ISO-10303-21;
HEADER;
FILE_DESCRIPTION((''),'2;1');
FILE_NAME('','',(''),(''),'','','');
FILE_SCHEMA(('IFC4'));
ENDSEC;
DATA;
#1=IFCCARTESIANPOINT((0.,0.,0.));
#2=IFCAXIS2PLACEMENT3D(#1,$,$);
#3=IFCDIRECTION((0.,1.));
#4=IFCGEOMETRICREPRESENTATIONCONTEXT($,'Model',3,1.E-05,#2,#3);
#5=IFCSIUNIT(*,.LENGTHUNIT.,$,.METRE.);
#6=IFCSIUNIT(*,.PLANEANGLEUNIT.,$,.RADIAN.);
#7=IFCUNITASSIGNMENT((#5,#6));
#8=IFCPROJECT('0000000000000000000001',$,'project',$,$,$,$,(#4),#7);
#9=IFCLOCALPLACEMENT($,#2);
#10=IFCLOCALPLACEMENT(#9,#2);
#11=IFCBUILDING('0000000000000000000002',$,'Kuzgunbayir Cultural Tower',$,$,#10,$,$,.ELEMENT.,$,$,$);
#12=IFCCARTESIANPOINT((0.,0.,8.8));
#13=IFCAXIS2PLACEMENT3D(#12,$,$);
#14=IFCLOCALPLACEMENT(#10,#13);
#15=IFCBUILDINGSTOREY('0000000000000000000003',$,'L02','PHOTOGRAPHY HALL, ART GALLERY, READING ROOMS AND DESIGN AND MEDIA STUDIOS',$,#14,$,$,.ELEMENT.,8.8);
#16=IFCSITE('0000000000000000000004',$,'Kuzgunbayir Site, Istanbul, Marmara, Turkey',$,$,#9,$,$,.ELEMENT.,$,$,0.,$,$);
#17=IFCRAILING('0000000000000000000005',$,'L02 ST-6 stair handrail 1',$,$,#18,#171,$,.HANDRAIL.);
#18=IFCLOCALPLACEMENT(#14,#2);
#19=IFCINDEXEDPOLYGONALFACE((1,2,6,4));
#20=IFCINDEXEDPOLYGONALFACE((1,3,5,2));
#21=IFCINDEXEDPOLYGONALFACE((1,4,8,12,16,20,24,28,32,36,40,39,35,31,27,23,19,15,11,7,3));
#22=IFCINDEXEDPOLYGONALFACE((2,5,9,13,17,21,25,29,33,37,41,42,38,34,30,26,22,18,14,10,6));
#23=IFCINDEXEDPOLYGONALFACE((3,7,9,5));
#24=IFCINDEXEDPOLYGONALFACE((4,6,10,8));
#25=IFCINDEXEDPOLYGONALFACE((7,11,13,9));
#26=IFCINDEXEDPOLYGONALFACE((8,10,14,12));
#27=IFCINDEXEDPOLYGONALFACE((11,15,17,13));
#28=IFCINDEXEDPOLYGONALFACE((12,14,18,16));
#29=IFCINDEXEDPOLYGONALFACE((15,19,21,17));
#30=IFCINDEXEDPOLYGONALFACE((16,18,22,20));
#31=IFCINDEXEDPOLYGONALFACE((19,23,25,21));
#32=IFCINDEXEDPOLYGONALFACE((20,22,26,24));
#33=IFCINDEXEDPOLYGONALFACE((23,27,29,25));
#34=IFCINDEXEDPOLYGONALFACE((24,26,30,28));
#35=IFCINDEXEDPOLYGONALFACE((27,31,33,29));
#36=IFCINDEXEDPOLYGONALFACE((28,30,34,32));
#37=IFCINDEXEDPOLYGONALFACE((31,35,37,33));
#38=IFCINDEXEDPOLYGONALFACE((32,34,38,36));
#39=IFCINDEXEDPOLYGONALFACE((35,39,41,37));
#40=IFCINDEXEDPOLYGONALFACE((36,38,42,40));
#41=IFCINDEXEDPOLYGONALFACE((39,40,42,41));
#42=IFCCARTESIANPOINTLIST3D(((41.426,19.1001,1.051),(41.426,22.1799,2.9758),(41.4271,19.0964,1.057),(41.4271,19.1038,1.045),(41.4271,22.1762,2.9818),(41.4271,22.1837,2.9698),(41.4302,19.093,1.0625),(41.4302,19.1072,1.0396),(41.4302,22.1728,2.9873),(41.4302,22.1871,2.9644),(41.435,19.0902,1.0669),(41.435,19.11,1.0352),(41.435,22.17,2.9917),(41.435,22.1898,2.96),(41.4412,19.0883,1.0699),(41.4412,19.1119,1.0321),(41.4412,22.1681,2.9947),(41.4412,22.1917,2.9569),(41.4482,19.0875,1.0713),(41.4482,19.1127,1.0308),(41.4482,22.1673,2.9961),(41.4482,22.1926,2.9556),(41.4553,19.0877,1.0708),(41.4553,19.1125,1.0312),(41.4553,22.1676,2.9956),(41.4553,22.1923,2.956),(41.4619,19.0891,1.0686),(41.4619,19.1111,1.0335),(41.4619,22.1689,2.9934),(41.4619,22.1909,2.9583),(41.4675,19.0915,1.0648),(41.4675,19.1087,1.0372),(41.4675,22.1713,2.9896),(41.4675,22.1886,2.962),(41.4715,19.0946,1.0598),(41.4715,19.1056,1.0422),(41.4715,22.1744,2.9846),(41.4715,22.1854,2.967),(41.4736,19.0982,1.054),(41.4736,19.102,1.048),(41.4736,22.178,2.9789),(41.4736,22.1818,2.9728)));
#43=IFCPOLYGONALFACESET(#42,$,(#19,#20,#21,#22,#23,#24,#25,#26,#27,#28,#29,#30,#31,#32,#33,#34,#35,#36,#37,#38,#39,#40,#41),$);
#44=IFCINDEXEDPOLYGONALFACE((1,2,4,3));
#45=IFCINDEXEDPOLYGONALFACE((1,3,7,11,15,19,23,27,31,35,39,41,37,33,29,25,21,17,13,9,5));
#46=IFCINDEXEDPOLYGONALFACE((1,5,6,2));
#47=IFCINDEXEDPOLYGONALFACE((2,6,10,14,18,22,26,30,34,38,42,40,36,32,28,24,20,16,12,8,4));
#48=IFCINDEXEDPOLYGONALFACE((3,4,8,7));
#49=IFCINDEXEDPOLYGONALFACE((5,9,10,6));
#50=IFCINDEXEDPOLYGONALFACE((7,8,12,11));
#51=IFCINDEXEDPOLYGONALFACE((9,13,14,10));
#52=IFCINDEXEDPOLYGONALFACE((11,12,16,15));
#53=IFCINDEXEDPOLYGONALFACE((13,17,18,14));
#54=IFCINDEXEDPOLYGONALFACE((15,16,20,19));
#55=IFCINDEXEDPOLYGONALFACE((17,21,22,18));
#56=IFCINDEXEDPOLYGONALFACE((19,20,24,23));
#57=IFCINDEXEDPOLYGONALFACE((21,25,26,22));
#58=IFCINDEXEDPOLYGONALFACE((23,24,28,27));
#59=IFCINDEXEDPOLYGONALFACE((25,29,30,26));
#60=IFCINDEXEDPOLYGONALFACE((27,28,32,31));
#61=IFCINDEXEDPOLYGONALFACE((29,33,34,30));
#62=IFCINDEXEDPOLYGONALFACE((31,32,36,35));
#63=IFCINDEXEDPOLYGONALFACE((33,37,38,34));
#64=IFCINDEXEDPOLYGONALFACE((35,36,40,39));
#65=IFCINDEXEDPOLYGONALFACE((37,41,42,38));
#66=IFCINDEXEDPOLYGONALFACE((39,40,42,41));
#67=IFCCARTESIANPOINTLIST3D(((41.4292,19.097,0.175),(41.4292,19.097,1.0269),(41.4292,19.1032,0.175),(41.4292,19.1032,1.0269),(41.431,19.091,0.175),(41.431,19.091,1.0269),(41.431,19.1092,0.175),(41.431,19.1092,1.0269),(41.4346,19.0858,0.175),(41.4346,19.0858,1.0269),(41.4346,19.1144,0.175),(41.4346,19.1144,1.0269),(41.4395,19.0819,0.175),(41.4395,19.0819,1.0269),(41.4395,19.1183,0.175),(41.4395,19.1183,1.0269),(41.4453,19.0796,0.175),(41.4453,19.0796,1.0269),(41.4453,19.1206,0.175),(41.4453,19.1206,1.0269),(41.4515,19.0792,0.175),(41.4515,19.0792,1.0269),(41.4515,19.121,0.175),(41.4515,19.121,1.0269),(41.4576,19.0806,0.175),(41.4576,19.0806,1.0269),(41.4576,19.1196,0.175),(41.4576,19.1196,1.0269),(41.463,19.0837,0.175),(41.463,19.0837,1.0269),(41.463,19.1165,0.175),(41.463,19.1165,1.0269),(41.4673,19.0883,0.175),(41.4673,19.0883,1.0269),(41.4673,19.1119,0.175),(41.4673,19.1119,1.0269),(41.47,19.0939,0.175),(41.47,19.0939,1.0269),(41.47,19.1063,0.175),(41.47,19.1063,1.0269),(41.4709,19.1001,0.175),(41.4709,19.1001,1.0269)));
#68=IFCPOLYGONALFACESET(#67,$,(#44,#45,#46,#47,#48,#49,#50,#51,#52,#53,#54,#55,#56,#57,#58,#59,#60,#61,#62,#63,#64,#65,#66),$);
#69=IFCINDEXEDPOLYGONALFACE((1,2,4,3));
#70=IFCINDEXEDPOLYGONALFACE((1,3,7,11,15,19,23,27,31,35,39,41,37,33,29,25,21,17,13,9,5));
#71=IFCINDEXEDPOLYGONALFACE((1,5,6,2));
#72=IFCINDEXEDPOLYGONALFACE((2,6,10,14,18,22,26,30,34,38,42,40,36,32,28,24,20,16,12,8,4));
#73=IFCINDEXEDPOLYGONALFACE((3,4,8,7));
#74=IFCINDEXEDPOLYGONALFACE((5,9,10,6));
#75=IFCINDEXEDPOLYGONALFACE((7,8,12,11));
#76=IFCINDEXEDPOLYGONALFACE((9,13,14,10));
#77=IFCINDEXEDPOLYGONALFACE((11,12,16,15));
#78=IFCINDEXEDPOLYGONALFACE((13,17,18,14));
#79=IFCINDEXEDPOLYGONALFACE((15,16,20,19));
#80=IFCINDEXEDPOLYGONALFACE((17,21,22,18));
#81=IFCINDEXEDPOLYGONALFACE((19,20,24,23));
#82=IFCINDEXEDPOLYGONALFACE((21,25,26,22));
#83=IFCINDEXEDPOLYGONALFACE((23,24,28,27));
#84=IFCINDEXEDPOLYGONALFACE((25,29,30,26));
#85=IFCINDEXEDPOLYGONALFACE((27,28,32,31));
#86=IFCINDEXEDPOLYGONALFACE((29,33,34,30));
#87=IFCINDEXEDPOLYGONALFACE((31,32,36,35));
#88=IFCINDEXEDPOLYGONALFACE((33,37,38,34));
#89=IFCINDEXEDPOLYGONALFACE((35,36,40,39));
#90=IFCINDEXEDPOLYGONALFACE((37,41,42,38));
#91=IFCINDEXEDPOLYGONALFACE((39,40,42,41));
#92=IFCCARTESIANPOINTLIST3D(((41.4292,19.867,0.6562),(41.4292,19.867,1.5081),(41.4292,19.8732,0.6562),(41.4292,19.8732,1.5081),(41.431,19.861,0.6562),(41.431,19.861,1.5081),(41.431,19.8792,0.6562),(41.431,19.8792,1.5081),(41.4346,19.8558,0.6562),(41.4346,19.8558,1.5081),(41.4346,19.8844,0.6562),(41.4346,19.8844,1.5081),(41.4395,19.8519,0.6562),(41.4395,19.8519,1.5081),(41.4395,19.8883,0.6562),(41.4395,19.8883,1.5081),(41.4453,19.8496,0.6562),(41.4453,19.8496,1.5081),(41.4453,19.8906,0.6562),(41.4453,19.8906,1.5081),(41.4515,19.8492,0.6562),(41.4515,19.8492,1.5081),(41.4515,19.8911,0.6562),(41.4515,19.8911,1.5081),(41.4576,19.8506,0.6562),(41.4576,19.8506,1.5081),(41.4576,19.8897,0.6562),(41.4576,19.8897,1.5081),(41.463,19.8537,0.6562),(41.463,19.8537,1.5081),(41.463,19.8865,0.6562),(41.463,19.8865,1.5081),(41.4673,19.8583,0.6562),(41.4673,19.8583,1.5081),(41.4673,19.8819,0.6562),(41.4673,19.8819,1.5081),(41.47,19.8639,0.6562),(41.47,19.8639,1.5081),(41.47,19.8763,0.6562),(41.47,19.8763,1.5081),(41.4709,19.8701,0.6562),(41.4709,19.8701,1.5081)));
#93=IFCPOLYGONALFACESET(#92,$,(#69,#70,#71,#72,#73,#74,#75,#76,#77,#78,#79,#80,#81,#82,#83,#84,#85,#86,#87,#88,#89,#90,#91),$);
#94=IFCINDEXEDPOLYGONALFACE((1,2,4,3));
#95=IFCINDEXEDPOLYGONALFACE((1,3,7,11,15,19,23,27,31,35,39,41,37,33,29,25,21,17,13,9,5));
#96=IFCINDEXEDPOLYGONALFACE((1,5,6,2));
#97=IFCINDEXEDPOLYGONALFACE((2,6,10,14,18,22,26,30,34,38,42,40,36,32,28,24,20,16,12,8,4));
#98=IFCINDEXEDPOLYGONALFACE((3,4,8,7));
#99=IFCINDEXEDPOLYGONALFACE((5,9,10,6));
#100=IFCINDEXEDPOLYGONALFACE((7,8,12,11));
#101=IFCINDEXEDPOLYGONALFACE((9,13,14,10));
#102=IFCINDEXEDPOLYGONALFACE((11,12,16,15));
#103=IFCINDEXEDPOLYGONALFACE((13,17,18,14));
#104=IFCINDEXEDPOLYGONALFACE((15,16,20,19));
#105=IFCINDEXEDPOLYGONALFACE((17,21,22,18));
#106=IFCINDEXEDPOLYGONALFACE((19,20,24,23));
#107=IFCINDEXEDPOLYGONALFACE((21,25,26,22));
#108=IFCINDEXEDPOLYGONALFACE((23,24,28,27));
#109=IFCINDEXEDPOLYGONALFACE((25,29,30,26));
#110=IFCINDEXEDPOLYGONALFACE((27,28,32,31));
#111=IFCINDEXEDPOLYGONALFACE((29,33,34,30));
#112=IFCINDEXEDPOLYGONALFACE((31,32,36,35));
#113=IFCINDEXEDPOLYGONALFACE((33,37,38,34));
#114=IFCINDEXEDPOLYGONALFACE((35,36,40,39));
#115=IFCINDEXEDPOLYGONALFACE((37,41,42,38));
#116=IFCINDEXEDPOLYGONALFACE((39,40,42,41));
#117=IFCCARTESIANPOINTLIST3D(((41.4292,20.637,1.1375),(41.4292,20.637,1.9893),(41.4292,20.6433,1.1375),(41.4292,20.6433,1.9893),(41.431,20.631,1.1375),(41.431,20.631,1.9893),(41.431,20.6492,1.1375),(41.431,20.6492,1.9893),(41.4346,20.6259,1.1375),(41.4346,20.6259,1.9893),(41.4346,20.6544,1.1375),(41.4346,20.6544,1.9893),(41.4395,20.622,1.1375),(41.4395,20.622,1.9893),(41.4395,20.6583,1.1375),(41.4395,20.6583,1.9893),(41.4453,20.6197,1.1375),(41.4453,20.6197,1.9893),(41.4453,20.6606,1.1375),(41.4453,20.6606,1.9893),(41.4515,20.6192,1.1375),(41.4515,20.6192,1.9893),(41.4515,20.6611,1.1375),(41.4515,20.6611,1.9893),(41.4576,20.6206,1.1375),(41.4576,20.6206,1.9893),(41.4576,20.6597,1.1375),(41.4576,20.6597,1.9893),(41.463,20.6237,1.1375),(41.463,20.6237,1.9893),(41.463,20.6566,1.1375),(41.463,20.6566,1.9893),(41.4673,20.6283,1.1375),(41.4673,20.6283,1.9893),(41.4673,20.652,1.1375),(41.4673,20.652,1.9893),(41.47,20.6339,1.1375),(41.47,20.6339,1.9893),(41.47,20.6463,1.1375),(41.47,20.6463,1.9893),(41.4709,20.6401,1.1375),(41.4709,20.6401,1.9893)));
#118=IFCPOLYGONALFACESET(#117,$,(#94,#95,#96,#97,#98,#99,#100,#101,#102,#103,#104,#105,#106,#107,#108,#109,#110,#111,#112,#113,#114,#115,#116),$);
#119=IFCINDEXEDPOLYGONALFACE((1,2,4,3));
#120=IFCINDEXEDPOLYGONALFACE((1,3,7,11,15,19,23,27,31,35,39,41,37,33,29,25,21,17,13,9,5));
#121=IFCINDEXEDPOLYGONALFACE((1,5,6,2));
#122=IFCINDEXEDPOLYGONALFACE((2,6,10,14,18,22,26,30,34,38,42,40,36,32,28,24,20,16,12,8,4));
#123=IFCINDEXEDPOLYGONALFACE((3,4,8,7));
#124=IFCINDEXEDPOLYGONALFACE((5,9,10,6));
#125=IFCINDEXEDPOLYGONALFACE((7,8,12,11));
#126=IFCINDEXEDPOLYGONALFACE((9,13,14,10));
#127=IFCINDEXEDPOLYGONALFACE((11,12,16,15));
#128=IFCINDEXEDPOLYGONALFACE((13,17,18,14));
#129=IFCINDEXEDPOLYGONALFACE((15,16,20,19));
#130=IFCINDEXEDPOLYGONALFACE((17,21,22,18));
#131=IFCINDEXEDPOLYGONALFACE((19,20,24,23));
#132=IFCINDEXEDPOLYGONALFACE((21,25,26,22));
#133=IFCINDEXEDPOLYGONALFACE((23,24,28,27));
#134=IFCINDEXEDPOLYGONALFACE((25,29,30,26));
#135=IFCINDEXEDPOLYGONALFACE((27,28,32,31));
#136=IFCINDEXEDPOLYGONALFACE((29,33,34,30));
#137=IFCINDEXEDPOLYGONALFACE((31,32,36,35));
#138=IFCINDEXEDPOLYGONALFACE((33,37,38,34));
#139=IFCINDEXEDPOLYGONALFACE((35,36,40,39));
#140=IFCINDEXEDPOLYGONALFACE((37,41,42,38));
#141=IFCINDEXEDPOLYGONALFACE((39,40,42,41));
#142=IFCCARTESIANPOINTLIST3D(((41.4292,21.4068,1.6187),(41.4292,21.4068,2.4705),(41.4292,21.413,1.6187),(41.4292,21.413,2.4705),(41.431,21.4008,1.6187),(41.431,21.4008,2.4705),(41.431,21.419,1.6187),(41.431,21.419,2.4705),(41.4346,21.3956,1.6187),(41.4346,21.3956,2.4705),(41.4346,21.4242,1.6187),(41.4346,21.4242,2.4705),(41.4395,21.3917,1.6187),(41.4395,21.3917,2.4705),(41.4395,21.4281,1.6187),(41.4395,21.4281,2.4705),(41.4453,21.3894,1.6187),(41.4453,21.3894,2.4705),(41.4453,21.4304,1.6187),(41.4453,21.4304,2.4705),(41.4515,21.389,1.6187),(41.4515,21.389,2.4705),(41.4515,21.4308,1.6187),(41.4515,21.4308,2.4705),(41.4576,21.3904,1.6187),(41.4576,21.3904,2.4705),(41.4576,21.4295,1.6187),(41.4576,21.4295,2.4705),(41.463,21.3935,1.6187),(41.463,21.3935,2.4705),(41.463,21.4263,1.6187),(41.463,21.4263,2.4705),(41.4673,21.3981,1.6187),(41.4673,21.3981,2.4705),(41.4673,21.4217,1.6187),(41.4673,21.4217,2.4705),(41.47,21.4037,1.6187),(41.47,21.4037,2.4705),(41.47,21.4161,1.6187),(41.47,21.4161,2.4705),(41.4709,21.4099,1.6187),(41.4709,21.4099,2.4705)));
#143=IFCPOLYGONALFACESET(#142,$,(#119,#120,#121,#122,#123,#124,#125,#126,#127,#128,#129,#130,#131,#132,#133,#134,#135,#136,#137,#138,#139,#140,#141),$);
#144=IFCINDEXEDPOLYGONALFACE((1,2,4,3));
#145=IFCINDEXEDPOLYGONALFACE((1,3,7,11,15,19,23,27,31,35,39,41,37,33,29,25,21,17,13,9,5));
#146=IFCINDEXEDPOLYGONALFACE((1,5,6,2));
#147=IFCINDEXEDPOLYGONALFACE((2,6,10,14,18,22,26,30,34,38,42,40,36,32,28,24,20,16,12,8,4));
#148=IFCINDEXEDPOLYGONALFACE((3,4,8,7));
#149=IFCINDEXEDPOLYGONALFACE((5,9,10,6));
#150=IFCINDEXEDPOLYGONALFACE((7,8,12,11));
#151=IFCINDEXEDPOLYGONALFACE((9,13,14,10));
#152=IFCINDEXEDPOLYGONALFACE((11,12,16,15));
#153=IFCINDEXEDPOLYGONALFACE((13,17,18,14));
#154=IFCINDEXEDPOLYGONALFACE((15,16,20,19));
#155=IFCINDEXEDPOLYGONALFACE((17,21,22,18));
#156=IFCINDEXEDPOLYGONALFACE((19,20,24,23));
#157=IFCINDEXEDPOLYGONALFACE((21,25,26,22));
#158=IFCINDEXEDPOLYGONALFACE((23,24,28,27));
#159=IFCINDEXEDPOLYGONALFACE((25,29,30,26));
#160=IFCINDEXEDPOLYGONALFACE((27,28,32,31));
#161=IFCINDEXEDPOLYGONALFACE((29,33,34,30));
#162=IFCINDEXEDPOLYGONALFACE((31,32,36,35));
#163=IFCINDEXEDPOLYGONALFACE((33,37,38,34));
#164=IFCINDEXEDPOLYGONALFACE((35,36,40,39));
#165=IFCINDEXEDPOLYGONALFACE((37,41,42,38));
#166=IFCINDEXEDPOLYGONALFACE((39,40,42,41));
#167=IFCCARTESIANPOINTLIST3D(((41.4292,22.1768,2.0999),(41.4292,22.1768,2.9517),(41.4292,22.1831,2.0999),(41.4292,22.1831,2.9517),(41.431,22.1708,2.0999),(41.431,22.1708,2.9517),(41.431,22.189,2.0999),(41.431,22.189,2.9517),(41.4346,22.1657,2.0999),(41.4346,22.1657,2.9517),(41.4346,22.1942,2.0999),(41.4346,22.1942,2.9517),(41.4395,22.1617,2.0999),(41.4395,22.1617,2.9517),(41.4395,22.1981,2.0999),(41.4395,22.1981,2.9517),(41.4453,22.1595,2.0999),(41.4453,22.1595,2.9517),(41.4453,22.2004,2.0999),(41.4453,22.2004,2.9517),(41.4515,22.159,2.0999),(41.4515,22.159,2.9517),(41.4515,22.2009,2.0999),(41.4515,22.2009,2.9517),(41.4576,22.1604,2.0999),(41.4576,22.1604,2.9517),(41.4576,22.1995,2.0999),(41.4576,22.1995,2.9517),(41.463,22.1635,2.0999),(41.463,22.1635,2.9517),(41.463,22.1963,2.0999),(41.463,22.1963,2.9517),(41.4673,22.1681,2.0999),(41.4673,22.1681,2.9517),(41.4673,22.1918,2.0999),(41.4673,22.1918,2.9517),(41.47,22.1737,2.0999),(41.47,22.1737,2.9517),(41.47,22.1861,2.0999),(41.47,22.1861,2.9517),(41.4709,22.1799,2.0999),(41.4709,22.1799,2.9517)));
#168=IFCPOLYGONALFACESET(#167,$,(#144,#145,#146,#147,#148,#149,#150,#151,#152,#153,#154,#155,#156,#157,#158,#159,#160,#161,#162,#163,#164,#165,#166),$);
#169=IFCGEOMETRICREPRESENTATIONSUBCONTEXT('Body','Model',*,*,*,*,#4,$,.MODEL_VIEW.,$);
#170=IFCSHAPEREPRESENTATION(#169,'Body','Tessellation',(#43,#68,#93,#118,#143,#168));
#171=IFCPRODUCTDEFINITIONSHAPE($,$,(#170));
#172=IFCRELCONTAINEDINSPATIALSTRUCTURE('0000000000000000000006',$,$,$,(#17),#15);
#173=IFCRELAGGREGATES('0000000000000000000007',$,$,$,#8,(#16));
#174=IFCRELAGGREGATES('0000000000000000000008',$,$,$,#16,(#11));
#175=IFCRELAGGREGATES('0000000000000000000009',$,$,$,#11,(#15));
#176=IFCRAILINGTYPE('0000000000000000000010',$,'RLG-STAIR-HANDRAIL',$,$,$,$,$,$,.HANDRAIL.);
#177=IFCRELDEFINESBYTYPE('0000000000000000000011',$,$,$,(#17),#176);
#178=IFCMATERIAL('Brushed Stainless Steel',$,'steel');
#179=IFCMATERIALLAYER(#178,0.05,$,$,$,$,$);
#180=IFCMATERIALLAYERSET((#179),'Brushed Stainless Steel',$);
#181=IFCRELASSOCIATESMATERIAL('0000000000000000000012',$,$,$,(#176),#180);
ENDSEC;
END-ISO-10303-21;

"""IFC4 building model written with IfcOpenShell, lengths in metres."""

from ifc_helpers import new_model, si_unit, direction, frame, origin, origin_2d, place, context, subcontext, project, spatial, circle, extrude, material, layer, layer_set, type_object, element, save


model = new_model("IFC4")

# Units and contexts
model_context = context("Model", 3, precision=1e-05, world=origin(), true_north=direction((0.0, 1.0)))
body_context = subcontext(model_context, "Body", "Model", "MODEL_VIEW")
ifc_project = project(units=[si_unit("LENGTHUNIT", "METRE"), si_unit("PLANEANGLEUNIT", "RADIAN")], contexts=[model_context])

# Site, building, storey
site_placement = place(None, origin())
site = spatial("IfcSite", under=ifc_project, at=site_placement, Name="Kuzgunbayir Site, Istanbul, Marmara, Turkey", CompositionType="ELEMENT", RefElevation=0.0)
building_placement = place(site_placement, origin())
building = spatial("IfcBuilding", under=site, at=building_placement, Name="Kuzgunbayir Cultural Tower", CompositionType="ELEMENT")
storey_placement = place(building_placement, frame((0.0, 0.0, 8.8)))
storey = spatial("IfcBuildingStorey", under=building, at=storey_placement, Name="L02", Description="PHOTOGRAPHY HALL, ART GALLERY, READING ROOMS AND DESIGN AND MEDIA STUDIOS", CompositionType="ELEMENT", Elevation=8.8)

# Railing
ifc_material_1 = material(Name="Brushed Stainless Steel", Category="steel")
ifc_layer_1 = layer(ifc_material_1, 0.05)
ifc_layer_set_1 = layer_set([ifc_layer_1], Name="Brushed Stainless Steel")
railing_type_1 = type_object("IfcRailingType", Name="RLG-STAIR-HANDRAIL", PredefinedType="HANDRAIL", material=ifc_layer_set_1)
railing_1_placement = place(storey_placement, frame((41.45, 19.1001, 0.175)))
element("IfcRailing", 1, at=railing_1_placement, inside=storey, type_object=railing_type_1, Name="L02 ST-6 stair handrail 1", PredefinedType="HANDRAIL", context=body_context, shape_type="SweptSolid", body=[
    extrude(circle(Radius=0.0239, at=origin_2d()), frame((0.0, 0.0, 0.876), z_axis=(0.0, 0.84801, 0.529981), x_axis=(-1.0, 0.0, 0.0)), (0.0, 0.0, 1.0), 3.6318),
    extrude(circle(Radius=0.021, at=origin_2d()), origin(), (0.0, 0.0, 1.0), 0.8518),
    extrude(circle(Radius=0.021, at=origin_2d()), frame((0.0, 0.77, 0.4812)), (0.0, 0.0, 1.0), 0.8518),
    extrude(circle(Radius=0.021, at=origin_2d()), frame((0.0, 1.54, 0.9624)), (0.0, 0.0, 1.0), 0.8518),
    extrude(circle(Radius=0.021, at=origin_2d()), frame((0.0, 2.3098, 1.4436)), (0.0, 0.0, 1.0), 0.8518),
    extrude(circle(Radius=0.021, at=origin_2d()), frame((0.0, 3.0798, 1.9248)), (0.0, 0.0, 1.0), 0.8518),
])

save(model, "model.ifc")
